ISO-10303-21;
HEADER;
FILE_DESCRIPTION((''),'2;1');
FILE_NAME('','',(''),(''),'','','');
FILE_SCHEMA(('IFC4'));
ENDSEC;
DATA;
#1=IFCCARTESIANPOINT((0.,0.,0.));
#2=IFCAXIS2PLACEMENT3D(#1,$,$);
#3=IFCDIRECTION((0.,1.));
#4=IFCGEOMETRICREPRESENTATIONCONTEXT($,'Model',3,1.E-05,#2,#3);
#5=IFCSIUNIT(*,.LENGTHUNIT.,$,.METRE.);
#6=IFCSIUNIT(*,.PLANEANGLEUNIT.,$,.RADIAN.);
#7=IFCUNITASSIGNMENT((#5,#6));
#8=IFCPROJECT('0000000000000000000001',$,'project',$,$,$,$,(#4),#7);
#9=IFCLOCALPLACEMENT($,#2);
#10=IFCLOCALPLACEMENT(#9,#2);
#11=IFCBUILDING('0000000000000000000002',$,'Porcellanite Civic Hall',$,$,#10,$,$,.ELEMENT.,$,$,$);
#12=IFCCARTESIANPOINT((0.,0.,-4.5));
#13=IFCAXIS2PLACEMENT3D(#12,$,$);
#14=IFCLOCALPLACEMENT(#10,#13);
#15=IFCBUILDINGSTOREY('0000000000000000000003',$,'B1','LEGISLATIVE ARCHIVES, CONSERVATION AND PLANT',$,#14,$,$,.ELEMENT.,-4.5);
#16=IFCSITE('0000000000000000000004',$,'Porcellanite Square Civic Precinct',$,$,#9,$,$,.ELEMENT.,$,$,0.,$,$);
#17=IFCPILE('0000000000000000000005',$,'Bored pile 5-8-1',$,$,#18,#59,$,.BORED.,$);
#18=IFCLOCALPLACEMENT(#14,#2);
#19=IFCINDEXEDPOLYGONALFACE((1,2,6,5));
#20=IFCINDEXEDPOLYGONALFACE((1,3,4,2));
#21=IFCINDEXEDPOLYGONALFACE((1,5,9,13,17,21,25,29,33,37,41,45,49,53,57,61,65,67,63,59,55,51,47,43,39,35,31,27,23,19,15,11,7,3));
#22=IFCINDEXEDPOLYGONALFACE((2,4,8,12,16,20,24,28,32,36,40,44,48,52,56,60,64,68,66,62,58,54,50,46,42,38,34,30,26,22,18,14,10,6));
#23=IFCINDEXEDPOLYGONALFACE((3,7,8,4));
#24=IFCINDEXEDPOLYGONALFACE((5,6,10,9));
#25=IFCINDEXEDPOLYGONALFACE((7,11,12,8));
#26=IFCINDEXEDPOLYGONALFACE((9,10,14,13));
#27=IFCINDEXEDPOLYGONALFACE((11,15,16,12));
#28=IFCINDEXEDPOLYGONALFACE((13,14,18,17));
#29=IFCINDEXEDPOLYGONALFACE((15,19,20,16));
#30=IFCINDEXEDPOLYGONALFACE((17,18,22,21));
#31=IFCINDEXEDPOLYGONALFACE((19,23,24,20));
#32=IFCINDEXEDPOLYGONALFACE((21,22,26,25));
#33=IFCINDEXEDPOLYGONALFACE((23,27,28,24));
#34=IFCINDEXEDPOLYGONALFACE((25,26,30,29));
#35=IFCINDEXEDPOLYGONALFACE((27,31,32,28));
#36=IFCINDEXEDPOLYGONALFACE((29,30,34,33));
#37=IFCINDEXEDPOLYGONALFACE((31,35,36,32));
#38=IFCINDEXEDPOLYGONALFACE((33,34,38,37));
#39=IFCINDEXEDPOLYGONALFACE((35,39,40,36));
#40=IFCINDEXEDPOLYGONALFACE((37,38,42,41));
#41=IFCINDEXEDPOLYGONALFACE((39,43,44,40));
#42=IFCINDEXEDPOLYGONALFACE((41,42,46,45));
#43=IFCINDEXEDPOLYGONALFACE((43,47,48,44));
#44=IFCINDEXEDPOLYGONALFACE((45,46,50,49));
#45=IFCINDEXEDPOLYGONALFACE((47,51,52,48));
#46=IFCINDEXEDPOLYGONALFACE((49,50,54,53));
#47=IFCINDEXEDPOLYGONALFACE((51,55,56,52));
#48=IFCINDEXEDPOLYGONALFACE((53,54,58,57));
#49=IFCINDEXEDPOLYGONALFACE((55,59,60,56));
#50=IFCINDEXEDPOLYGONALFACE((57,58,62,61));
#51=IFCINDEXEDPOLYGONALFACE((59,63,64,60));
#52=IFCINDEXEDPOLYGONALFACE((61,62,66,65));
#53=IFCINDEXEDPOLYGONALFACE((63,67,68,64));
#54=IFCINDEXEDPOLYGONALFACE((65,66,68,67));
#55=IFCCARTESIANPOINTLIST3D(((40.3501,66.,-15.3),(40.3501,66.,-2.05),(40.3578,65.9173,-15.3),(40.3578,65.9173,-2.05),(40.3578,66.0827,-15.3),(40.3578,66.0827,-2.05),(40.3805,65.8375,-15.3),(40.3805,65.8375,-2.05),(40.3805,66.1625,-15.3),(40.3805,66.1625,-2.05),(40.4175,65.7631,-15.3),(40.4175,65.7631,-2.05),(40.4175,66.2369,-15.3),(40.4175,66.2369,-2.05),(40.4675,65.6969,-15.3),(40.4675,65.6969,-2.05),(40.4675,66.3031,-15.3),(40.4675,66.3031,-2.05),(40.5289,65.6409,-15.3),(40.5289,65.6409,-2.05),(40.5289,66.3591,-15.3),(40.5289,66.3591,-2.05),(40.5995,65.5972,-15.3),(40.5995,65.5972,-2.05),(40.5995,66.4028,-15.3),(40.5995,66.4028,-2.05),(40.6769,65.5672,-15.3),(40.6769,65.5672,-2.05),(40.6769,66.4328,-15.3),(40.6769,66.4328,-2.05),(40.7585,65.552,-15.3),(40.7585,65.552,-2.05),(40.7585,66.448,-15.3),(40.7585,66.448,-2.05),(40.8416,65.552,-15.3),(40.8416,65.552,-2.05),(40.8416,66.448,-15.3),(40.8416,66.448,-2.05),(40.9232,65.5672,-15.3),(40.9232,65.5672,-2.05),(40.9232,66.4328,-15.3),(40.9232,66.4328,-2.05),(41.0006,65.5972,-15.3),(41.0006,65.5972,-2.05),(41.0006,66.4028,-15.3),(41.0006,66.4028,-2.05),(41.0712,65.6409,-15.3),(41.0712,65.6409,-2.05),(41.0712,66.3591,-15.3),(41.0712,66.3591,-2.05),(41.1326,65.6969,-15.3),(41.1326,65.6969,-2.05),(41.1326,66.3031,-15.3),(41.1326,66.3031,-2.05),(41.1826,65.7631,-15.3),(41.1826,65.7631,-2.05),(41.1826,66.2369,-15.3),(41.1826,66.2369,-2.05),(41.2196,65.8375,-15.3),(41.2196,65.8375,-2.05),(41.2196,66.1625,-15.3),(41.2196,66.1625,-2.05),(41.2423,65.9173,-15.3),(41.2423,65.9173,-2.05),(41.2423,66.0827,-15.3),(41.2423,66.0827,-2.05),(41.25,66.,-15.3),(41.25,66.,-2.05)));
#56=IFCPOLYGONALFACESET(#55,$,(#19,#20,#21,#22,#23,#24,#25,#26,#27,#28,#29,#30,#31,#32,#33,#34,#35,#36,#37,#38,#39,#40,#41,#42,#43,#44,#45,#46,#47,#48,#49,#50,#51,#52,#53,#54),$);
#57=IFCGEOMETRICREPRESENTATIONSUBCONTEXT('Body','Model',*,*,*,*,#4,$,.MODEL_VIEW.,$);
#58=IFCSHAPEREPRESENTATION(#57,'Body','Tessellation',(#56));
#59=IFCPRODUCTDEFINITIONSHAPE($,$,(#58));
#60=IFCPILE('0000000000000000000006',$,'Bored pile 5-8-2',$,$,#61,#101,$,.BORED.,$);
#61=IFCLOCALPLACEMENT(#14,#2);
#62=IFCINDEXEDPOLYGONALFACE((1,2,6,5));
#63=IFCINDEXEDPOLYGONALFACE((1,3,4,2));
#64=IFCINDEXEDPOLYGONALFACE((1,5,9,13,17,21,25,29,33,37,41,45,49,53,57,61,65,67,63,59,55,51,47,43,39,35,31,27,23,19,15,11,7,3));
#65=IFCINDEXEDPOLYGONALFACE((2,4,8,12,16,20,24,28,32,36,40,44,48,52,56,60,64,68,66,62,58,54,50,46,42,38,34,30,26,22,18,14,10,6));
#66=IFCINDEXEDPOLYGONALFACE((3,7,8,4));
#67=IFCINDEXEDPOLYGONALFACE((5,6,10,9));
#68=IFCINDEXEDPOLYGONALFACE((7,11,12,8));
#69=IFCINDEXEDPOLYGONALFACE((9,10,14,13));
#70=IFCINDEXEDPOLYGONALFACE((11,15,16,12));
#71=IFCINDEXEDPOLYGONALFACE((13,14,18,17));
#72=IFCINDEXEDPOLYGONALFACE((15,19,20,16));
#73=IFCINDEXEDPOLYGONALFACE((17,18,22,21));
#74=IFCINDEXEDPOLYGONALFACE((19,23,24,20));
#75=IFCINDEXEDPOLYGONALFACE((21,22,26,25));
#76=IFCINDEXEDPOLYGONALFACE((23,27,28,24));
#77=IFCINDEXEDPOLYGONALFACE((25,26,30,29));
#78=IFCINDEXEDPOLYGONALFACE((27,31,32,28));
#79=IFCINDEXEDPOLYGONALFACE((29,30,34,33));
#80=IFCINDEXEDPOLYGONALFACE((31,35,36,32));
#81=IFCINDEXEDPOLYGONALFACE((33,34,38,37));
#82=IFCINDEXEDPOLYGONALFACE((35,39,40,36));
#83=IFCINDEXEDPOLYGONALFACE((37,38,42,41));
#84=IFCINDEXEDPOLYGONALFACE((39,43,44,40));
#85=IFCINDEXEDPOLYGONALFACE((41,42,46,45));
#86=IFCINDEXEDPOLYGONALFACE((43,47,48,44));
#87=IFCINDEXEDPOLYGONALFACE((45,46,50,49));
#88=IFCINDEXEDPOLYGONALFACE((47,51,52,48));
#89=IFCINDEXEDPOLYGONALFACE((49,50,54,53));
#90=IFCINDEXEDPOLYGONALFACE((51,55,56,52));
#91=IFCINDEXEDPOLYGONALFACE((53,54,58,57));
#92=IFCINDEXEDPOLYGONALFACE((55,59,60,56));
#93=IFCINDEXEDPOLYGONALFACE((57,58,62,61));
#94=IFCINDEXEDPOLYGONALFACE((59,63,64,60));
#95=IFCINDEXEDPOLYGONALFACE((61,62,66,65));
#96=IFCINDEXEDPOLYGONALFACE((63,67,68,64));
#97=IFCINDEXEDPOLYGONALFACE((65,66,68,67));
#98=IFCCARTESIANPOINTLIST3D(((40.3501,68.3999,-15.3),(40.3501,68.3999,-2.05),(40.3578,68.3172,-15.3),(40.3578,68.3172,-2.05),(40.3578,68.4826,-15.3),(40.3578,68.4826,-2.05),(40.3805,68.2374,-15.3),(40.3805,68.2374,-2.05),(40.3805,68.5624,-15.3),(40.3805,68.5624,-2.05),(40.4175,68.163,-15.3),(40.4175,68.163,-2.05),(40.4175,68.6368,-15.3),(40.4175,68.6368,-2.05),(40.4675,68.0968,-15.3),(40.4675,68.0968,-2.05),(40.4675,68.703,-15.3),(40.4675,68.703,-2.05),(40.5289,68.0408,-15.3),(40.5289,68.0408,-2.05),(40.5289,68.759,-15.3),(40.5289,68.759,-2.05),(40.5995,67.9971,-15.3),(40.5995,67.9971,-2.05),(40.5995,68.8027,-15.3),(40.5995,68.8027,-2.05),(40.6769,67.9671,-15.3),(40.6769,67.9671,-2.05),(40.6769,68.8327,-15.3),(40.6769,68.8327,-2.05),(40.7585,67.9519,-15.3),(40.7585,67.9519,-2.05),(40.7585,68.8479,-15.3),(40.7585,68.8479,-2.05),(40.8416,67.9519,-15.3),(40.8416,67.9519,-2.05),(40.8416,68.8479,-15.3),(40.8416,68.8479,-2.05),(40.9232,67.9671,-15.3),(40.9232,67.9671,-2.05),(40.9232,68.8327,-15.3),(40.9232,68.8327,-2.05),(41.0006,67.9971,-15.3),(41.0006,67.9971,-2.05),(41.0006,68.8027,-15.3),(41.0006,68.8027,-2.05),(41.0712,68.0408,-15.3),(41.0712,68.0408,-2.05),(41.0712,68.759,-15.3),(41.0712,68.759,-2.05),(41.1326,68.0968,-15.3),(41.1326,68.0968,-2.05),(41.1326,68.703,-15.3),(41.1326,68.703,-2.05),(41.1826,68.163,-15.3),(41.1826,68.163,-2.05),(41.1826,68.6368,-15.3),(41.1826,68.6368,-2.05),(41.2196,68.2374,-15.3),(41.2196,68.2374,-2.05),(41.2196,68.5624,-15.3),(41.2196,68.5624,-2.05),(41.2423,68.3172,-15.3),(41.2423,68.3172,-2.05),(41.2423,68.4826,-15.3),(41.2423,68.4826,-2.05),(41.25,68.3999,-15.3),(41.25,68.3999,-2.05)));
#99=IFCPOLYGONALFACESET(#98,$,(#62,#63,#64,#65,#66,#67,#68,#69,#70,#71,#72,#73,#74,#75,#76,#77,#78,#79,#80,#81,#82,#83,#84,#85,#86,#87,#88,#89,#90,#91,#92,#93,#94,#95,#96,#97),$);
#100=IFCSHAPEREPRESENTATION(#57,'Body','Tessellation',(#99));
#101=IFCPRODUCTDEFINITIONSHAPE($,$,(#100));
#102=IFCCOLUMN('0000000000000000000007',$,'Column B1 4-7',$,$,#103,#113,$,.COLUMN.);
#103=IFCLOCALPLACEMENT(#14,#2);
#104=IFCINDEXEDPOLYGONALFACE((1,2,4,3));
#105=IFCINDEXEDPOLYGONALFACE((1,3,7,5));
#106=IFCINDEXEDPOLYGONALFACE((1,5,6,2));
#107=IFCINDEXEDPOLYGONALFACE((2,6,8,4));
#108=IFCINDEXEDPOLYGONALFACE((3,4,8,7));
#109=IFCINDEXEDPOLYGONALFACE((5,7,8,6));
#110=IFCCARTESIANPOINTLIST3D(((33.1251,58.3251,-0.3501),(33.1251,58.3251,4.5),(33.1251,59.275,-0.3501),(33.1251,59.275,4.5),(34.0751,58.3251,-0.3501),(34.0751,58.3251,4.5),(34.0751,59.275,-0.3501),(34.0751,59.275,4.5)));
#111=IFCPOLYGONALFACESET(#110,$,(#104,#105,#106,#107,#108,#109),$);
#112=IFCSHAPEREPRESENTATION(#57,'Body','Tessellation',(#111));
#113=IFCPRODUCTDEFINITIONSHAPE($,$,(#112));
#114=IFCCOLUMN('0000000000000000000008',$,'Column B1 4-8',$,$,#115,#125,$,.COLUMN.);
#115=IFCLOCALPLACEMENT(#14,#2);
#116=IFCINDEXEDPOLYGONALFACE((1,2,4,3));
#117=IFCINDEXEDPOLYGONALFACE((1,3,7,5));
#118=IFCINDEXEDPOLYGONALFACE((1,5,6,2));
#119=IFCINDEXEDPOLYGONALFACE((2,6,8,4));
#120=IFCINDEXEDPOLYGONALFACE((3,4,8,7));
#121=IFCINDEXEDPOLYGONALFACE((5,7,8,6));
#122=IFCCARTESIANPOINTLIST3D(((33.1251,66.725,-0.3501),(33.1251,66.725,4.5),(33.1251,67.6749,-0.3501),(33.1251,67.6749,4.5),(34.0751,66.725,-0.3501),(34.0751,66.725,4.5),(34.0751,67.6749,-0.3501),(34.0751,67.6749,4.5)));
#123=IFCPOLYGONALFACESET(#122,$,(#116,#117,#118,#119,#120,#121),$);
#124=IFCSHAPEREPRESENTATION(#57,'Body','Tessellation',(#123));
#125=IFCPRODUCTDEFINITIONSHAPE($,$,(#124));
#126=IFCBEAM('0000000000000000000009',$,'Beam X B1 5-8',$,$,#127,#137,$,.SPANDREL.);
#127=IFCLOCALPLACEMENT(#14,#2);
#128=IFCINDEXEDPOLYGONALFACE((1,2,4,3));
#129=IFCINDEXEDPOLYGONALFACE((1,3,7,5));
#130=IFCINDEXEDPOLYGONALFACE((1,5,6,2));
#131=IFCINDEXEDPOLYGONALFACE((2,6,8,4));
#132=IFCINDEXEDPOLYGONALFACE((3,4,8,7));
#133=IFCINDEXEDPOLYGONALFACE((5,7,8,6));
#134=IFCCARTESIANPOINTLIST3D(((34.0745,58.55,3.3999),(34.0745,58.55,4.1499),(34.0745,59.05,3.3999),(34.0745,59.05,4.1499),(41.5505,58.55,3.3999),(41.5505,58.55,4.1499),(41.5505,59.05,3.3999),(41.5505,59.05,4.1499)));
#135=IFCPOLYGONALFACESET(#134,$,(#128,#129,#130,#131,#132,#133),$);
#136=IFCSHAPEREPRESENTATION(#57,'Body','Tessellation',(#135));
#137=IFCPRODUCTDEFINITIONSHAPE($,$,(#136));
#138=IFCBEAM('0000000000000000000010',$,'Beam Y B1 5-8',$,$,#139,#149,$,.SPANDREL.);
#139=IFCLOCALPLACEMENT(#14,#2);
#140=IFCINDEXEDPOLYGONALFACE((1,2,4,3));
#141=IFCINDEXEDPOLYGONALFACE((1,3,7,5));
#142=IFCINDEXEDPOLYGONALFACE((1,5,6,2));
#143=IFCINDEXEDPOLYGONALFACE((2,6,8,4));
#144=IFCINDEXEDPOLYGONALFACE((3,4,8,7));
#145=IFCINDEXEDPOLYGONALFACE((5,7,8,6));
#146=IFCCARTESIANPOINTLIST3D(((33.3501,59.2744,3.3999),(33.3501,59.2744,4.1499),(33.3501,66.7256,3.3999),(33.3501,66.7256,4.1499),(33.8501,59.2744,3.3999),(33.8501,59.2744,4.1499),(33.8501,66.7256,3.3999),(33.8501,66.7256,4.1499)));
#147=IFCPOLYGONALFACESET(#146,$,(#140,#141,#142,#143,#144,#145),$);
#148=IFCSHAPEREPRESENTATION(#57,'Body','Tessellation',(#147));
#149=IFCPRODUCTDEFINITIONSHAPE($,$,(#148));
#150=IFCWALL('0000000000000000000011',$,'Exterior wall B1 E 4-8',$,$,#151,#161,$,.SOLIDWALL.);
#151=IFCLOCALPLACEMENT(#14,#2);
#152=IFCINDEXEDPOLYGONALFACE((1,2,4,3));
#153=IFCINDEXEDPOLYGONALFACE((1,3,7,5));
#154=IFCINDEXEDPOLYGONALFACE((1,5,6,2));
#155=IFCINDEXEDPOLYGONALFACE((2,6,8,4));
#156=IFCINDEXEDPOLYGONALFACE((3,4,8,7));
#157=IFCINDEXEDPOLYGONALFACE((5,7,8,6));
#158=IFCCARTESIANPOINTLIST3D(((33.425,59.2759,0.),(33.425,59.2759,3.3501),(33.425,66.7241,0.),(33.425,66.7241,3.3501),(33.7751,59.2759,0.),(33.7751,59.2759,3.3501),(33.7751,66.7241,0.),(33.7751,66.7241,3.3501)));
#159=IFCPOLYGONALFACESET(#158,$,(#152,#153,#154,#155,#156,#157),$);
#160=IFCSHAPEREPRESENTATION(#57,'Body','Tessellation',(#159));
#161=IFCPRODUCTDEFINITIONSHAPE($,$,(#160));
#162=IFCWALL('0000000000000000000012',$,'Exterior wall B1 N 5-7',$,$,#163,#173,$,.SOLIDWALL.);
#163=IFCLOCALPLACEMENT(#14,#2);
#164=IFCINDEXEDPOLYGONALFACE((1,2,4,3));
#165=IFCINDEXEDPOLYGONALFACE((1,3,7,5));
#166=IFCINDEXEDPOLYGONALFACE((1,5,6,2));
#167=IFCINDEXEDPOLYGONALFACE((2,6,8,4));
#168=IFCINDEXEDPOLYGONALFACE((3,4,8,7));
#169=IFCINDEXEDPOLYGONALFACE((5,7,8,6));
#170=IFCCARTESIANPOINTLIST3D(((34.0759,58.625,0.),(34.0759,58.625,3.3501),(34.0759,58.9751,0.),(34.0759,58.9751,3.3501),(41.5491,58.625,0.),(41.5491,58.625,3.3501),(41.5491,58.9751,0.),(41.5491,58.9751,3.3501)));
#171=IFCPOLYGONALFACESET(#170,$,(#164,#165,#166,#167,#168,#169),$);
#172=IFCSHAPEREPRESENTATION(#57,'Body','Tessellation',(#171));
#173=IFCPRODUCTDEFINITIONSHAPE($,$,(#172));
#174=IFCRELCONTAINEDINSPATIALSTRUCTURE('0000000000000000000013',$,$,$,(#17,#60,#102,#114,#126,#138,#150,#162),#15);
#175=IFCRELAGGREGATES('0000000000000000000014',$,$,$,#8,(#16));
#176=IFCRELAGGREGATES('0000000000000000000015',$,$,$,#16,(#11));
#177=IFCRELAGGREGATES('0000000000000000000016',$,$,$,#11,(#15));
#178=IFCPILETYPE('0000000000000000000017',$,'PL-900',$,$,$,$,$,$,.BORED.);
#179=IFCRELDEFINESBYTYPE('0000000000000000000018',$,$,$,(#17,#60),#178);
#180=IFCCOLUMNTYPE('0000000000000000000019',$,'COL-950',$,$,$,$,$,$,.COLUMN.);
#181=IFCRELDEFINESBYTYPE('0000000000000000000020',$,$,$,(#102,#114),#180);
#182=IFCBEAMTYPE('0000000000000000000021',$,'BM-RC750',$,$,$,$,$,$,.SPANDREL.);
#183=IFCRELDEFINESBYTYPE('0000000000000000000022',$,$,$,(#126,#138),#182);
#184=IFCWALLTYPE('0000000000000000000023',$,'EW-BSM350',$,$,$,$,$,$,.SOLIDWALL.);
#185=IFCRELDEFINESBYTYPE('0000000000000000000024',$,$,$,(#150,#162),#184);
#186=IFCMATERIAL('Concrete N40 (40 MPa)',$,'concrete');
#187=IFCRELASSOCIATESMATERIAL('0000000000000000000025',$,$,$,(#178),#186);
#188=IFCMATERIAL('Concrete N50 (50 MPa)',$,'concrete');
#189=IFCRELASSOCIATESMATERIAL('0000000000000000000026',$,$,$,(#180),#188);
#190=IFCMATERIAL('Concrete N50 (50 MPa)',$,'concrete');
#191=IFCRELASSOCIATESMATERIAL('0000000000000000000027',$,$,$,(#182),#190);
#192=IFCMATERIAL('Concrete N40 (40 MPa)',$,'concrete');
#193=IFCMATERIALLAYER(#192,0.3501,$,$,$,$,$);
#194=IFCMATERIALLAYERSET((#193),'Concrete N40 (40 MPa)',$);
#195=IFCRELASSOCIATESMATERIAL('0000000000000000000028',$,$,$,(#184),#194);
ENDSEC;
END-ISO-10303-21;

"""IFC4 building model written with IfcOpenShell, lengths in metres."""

from ifc_helpers import new_model, si_unit, direction, frame, frame_2d, origin, origin_2d, place, context, subcontext, project, spatial, rectangle, circle, extrude, material, layer, layer_set, material_profile, profile_set, type_object, element, save


model = new_model("IFC4")

# Units and contexts
model_context = context("Model", 3, precision=1e-05, world=origin(), true_north=direction((0.0, 1.0)))
body_context = subcontext(model_context, "Body", "Model", "MODEL_VIEW")
ifc_project = project(units=[si_unit("LENGTHUNIT", "METRE"), si_unit("PLANEANGLEUNIT", "RADIAN")], contexts=[model_context])

# Site, building, storey
site_placement = place(None, origin())
site = spatial("IfcSite", under=ifc_project, at=site_placement, Name="Porcellanite Square Civic Precinct", CompositionType="ELEMENT", RefElevation=0.0)
building_placement = place(site_placement, origin())
building = spatial("IfcBuilding", under=site, at=building_placement, Name="Porcellanite Civic Hall", CompositionType="ELEMENT")
storey_placement = place(building_placement, frame((0.0, 0.0, -4.5)))
storey = spatial("IfcBuildingStorey", under=building, at=storey_placement, Name="B1", Description="LEGISLATIVE ARCHIVES, CONSERVATION AND PLANT", CompositionType="ELEMENT", Elevation=-4.5)

# Piles
ifc_material_1 = material(Name="Concrete N40 (40 MPa)", Category="concrete")
ifc_material_profile_1 = material_profile(ifc_material_1, circle(Radius=0.45, at=origin_2d()), Name="PILE-D900")
ifc_profile_set_1 = profile_set([ifc_material_profile_1], Name="Concrete N40 (40 MPa)")
pile_type = type_object("IfcPileType", Name="PL-900", PredefinedType="BORED", material=ifc_profile_set_1)
for number, where, z_axis, x_axis, name in (
    (1, (40.8, 66.0, -2.05), (0.0, 0.0, -1.0), (1.0, 0.0, 0.0), "Bored pile 5-8-1"),
    (2, (40.8, 68.3999, -2.05), (0.0, 0.0, -1.0), (1.0, 0.0, 0.0), "Bored pile 5-8-2"),
):
    element("IfcPile", number, at=place(storey_placement, frame(where, z_axis=z_axis, x_axis=x_axis)), inside=storey, type_object=pile_type, Name=name, PredefinedType="BORED", context=body_context, shape_type="SweptSolid", body=[
        extrude(circle(Radius=0.45, at=origin_2d()), origin(), (0.0, 0.0, 1.0), 13.25),
    ])

# Columns
ifc_material_2 = material(Name="Concrete N50 (50 MPa)", Category="concrete")
ifc_material_profile_2 = material_profile(ifc_material_2, rectangle(XDim=0.95, YDim=0.95, at=origin_2d()), Name="RC-950x950")
ifc_profile_set_2 = profile_set([ifc_material_profile_2], Name="Concrete N50 (50 MPa)")
column_type = type_object("IfcColumnType", Name="COL-950", PredefinedType="COLUMN", material=ifc_profile_set_2)
for number, where, z_axis, x_axis, name in (
    (3, (33.6001, 58.8, -0.3501), (0.0, 0.0, 1.0), (1.0, 0.0, 0.0), "Column B1 4-7"),
    (4, (33.6001, 67.2, -0.3501), (0.0, 0.0, 1.0), (1.0, 0.0, 0.0), "Column B1 4-8"),
):
    element("IfcColumn", number, at=place(storey_placement, frame(where, z_axis=z_axis, x_axis=x_axis)), inside=storey, type_object=column_type, Name=name, PredefinedType="COLUMN", context=body_context, shape_type="SweptSolid", body=[
        extrude(rectangle(XDim=0.95, YDim=0.95, at=origin_2d()), origin(), (0.0, 0.0, 1.0), 4.8501),
    ])

# Beams
ifc_material_3 = material(Name="Concrete N50 (50 MPa)", Category="concrete")
ifc_material_profile_3 = material_profile(ifc_material_3, rectangle(XDim=0.5, YDim=0.75, at=origin_2d()), Name="RC-500x750")
ifc_profile_set_3 = profile_set([ifc_material_profile_3], Name="Concrete N50 (50 MPa)")
beam_type = type_object("IfcBeamType", Name="BM-RC750", PredefinedType="SPANDREL", material=ifc_profile_set_3)
beam_1_placement = place(storey_placement, frame((34.0745, 58.8, 3.7749), z_axis=(1.0, 0.0, 0.0), x_axis=(0.0, 1.0, 0.0)))
element("IfcBeam", 5, at=beam_1_placement, inside=storey, type_object=beam_type, Name="Beam X B1 5-8", PredefinedType="SPANDREL", context=body_context, shape_type="SweptSolid", body=[
    extrude(rectangle(XDim=0.5, YDim=0.75, at=origin_2d()), origin(), (0.0, 0.0, 1.0), 7.4761),
])
beam_2_placement = place(storey_placement, frame((33.6001, 59.2744, 3.7749), z_axis=(0.0, 1.0, 0.0), x_axis=(-1.0, 0.0, 0.0)))
element("IfcBeam", 6, at=beam_2_placement, inside=storey, type_object=beam_type, Name="Beam Y B1 5-8", PredefinedType="SPANDREL", context=body_context, shape_type="SweptSolid", body=[
    extrude(rectangle(XDim=0.5, YDim=0.75, at=origin_2d()), origin(), (0.0, 0.0, 1.0), 7.4512),
])

# Walls
ifc_material_4 = material(Name="Concrete N40 (40 MPa)", Category="concrete")
ifc_layer = layer(ifc_material_4, 0.3501)
ifc_layer_set = layer_set([ifc_layer], Name="Concrete N40 (40 MPa)")
wall_type = type_object("IfcWallType", Name="EW-BSM350", PredefinedType="SOLIDWALL", material=ifc_layer_set)
wall_1_placement = place(storey_placement, frame((33.6001, 66.7241, 0.0), z_axis=(0.0, 0.0, 1.0), x_axis=(0.0, -1.0, 0.0)))
element("IfcWall", 7, at=wall_1_placement, inside=storey, type_object=wall_type, Name="Exterior wall B1 E 4-8", PredefinedType="SOLIDWALL", context=body_context, shape_type="SweptSolid", body=[
    extrude(rectangle(XDim=7.4482, YDim=0.3501, at=frame_2d((3.7241, 0.0))), origin(), (0.0, 0.0, 1.0), 3.3501),
])
wall_2_placement = place(storey_placement, frame((34.0759, 58.8, 0.0), z_axis=(0.0, 0.0, 1.0), x_axis=(1.0, 0.0, 0.0)))
element("IfcWall", 8, at=wall_2_placement, inside=storey, type_object=wall_type, Name="Exterior wall B1 N 5-7", PredefinedType="SOLIDWALL", context=body_context, shape_type="SweptSolid", body=[
    extrude(rectangle(XDim=7.4731, YDim=0.3501, at=frame_2d((3.7366, 0.0))), origin(), (0.0, 0.0, 1.0), 3.3501),
])

save(model, "model.ifc")
